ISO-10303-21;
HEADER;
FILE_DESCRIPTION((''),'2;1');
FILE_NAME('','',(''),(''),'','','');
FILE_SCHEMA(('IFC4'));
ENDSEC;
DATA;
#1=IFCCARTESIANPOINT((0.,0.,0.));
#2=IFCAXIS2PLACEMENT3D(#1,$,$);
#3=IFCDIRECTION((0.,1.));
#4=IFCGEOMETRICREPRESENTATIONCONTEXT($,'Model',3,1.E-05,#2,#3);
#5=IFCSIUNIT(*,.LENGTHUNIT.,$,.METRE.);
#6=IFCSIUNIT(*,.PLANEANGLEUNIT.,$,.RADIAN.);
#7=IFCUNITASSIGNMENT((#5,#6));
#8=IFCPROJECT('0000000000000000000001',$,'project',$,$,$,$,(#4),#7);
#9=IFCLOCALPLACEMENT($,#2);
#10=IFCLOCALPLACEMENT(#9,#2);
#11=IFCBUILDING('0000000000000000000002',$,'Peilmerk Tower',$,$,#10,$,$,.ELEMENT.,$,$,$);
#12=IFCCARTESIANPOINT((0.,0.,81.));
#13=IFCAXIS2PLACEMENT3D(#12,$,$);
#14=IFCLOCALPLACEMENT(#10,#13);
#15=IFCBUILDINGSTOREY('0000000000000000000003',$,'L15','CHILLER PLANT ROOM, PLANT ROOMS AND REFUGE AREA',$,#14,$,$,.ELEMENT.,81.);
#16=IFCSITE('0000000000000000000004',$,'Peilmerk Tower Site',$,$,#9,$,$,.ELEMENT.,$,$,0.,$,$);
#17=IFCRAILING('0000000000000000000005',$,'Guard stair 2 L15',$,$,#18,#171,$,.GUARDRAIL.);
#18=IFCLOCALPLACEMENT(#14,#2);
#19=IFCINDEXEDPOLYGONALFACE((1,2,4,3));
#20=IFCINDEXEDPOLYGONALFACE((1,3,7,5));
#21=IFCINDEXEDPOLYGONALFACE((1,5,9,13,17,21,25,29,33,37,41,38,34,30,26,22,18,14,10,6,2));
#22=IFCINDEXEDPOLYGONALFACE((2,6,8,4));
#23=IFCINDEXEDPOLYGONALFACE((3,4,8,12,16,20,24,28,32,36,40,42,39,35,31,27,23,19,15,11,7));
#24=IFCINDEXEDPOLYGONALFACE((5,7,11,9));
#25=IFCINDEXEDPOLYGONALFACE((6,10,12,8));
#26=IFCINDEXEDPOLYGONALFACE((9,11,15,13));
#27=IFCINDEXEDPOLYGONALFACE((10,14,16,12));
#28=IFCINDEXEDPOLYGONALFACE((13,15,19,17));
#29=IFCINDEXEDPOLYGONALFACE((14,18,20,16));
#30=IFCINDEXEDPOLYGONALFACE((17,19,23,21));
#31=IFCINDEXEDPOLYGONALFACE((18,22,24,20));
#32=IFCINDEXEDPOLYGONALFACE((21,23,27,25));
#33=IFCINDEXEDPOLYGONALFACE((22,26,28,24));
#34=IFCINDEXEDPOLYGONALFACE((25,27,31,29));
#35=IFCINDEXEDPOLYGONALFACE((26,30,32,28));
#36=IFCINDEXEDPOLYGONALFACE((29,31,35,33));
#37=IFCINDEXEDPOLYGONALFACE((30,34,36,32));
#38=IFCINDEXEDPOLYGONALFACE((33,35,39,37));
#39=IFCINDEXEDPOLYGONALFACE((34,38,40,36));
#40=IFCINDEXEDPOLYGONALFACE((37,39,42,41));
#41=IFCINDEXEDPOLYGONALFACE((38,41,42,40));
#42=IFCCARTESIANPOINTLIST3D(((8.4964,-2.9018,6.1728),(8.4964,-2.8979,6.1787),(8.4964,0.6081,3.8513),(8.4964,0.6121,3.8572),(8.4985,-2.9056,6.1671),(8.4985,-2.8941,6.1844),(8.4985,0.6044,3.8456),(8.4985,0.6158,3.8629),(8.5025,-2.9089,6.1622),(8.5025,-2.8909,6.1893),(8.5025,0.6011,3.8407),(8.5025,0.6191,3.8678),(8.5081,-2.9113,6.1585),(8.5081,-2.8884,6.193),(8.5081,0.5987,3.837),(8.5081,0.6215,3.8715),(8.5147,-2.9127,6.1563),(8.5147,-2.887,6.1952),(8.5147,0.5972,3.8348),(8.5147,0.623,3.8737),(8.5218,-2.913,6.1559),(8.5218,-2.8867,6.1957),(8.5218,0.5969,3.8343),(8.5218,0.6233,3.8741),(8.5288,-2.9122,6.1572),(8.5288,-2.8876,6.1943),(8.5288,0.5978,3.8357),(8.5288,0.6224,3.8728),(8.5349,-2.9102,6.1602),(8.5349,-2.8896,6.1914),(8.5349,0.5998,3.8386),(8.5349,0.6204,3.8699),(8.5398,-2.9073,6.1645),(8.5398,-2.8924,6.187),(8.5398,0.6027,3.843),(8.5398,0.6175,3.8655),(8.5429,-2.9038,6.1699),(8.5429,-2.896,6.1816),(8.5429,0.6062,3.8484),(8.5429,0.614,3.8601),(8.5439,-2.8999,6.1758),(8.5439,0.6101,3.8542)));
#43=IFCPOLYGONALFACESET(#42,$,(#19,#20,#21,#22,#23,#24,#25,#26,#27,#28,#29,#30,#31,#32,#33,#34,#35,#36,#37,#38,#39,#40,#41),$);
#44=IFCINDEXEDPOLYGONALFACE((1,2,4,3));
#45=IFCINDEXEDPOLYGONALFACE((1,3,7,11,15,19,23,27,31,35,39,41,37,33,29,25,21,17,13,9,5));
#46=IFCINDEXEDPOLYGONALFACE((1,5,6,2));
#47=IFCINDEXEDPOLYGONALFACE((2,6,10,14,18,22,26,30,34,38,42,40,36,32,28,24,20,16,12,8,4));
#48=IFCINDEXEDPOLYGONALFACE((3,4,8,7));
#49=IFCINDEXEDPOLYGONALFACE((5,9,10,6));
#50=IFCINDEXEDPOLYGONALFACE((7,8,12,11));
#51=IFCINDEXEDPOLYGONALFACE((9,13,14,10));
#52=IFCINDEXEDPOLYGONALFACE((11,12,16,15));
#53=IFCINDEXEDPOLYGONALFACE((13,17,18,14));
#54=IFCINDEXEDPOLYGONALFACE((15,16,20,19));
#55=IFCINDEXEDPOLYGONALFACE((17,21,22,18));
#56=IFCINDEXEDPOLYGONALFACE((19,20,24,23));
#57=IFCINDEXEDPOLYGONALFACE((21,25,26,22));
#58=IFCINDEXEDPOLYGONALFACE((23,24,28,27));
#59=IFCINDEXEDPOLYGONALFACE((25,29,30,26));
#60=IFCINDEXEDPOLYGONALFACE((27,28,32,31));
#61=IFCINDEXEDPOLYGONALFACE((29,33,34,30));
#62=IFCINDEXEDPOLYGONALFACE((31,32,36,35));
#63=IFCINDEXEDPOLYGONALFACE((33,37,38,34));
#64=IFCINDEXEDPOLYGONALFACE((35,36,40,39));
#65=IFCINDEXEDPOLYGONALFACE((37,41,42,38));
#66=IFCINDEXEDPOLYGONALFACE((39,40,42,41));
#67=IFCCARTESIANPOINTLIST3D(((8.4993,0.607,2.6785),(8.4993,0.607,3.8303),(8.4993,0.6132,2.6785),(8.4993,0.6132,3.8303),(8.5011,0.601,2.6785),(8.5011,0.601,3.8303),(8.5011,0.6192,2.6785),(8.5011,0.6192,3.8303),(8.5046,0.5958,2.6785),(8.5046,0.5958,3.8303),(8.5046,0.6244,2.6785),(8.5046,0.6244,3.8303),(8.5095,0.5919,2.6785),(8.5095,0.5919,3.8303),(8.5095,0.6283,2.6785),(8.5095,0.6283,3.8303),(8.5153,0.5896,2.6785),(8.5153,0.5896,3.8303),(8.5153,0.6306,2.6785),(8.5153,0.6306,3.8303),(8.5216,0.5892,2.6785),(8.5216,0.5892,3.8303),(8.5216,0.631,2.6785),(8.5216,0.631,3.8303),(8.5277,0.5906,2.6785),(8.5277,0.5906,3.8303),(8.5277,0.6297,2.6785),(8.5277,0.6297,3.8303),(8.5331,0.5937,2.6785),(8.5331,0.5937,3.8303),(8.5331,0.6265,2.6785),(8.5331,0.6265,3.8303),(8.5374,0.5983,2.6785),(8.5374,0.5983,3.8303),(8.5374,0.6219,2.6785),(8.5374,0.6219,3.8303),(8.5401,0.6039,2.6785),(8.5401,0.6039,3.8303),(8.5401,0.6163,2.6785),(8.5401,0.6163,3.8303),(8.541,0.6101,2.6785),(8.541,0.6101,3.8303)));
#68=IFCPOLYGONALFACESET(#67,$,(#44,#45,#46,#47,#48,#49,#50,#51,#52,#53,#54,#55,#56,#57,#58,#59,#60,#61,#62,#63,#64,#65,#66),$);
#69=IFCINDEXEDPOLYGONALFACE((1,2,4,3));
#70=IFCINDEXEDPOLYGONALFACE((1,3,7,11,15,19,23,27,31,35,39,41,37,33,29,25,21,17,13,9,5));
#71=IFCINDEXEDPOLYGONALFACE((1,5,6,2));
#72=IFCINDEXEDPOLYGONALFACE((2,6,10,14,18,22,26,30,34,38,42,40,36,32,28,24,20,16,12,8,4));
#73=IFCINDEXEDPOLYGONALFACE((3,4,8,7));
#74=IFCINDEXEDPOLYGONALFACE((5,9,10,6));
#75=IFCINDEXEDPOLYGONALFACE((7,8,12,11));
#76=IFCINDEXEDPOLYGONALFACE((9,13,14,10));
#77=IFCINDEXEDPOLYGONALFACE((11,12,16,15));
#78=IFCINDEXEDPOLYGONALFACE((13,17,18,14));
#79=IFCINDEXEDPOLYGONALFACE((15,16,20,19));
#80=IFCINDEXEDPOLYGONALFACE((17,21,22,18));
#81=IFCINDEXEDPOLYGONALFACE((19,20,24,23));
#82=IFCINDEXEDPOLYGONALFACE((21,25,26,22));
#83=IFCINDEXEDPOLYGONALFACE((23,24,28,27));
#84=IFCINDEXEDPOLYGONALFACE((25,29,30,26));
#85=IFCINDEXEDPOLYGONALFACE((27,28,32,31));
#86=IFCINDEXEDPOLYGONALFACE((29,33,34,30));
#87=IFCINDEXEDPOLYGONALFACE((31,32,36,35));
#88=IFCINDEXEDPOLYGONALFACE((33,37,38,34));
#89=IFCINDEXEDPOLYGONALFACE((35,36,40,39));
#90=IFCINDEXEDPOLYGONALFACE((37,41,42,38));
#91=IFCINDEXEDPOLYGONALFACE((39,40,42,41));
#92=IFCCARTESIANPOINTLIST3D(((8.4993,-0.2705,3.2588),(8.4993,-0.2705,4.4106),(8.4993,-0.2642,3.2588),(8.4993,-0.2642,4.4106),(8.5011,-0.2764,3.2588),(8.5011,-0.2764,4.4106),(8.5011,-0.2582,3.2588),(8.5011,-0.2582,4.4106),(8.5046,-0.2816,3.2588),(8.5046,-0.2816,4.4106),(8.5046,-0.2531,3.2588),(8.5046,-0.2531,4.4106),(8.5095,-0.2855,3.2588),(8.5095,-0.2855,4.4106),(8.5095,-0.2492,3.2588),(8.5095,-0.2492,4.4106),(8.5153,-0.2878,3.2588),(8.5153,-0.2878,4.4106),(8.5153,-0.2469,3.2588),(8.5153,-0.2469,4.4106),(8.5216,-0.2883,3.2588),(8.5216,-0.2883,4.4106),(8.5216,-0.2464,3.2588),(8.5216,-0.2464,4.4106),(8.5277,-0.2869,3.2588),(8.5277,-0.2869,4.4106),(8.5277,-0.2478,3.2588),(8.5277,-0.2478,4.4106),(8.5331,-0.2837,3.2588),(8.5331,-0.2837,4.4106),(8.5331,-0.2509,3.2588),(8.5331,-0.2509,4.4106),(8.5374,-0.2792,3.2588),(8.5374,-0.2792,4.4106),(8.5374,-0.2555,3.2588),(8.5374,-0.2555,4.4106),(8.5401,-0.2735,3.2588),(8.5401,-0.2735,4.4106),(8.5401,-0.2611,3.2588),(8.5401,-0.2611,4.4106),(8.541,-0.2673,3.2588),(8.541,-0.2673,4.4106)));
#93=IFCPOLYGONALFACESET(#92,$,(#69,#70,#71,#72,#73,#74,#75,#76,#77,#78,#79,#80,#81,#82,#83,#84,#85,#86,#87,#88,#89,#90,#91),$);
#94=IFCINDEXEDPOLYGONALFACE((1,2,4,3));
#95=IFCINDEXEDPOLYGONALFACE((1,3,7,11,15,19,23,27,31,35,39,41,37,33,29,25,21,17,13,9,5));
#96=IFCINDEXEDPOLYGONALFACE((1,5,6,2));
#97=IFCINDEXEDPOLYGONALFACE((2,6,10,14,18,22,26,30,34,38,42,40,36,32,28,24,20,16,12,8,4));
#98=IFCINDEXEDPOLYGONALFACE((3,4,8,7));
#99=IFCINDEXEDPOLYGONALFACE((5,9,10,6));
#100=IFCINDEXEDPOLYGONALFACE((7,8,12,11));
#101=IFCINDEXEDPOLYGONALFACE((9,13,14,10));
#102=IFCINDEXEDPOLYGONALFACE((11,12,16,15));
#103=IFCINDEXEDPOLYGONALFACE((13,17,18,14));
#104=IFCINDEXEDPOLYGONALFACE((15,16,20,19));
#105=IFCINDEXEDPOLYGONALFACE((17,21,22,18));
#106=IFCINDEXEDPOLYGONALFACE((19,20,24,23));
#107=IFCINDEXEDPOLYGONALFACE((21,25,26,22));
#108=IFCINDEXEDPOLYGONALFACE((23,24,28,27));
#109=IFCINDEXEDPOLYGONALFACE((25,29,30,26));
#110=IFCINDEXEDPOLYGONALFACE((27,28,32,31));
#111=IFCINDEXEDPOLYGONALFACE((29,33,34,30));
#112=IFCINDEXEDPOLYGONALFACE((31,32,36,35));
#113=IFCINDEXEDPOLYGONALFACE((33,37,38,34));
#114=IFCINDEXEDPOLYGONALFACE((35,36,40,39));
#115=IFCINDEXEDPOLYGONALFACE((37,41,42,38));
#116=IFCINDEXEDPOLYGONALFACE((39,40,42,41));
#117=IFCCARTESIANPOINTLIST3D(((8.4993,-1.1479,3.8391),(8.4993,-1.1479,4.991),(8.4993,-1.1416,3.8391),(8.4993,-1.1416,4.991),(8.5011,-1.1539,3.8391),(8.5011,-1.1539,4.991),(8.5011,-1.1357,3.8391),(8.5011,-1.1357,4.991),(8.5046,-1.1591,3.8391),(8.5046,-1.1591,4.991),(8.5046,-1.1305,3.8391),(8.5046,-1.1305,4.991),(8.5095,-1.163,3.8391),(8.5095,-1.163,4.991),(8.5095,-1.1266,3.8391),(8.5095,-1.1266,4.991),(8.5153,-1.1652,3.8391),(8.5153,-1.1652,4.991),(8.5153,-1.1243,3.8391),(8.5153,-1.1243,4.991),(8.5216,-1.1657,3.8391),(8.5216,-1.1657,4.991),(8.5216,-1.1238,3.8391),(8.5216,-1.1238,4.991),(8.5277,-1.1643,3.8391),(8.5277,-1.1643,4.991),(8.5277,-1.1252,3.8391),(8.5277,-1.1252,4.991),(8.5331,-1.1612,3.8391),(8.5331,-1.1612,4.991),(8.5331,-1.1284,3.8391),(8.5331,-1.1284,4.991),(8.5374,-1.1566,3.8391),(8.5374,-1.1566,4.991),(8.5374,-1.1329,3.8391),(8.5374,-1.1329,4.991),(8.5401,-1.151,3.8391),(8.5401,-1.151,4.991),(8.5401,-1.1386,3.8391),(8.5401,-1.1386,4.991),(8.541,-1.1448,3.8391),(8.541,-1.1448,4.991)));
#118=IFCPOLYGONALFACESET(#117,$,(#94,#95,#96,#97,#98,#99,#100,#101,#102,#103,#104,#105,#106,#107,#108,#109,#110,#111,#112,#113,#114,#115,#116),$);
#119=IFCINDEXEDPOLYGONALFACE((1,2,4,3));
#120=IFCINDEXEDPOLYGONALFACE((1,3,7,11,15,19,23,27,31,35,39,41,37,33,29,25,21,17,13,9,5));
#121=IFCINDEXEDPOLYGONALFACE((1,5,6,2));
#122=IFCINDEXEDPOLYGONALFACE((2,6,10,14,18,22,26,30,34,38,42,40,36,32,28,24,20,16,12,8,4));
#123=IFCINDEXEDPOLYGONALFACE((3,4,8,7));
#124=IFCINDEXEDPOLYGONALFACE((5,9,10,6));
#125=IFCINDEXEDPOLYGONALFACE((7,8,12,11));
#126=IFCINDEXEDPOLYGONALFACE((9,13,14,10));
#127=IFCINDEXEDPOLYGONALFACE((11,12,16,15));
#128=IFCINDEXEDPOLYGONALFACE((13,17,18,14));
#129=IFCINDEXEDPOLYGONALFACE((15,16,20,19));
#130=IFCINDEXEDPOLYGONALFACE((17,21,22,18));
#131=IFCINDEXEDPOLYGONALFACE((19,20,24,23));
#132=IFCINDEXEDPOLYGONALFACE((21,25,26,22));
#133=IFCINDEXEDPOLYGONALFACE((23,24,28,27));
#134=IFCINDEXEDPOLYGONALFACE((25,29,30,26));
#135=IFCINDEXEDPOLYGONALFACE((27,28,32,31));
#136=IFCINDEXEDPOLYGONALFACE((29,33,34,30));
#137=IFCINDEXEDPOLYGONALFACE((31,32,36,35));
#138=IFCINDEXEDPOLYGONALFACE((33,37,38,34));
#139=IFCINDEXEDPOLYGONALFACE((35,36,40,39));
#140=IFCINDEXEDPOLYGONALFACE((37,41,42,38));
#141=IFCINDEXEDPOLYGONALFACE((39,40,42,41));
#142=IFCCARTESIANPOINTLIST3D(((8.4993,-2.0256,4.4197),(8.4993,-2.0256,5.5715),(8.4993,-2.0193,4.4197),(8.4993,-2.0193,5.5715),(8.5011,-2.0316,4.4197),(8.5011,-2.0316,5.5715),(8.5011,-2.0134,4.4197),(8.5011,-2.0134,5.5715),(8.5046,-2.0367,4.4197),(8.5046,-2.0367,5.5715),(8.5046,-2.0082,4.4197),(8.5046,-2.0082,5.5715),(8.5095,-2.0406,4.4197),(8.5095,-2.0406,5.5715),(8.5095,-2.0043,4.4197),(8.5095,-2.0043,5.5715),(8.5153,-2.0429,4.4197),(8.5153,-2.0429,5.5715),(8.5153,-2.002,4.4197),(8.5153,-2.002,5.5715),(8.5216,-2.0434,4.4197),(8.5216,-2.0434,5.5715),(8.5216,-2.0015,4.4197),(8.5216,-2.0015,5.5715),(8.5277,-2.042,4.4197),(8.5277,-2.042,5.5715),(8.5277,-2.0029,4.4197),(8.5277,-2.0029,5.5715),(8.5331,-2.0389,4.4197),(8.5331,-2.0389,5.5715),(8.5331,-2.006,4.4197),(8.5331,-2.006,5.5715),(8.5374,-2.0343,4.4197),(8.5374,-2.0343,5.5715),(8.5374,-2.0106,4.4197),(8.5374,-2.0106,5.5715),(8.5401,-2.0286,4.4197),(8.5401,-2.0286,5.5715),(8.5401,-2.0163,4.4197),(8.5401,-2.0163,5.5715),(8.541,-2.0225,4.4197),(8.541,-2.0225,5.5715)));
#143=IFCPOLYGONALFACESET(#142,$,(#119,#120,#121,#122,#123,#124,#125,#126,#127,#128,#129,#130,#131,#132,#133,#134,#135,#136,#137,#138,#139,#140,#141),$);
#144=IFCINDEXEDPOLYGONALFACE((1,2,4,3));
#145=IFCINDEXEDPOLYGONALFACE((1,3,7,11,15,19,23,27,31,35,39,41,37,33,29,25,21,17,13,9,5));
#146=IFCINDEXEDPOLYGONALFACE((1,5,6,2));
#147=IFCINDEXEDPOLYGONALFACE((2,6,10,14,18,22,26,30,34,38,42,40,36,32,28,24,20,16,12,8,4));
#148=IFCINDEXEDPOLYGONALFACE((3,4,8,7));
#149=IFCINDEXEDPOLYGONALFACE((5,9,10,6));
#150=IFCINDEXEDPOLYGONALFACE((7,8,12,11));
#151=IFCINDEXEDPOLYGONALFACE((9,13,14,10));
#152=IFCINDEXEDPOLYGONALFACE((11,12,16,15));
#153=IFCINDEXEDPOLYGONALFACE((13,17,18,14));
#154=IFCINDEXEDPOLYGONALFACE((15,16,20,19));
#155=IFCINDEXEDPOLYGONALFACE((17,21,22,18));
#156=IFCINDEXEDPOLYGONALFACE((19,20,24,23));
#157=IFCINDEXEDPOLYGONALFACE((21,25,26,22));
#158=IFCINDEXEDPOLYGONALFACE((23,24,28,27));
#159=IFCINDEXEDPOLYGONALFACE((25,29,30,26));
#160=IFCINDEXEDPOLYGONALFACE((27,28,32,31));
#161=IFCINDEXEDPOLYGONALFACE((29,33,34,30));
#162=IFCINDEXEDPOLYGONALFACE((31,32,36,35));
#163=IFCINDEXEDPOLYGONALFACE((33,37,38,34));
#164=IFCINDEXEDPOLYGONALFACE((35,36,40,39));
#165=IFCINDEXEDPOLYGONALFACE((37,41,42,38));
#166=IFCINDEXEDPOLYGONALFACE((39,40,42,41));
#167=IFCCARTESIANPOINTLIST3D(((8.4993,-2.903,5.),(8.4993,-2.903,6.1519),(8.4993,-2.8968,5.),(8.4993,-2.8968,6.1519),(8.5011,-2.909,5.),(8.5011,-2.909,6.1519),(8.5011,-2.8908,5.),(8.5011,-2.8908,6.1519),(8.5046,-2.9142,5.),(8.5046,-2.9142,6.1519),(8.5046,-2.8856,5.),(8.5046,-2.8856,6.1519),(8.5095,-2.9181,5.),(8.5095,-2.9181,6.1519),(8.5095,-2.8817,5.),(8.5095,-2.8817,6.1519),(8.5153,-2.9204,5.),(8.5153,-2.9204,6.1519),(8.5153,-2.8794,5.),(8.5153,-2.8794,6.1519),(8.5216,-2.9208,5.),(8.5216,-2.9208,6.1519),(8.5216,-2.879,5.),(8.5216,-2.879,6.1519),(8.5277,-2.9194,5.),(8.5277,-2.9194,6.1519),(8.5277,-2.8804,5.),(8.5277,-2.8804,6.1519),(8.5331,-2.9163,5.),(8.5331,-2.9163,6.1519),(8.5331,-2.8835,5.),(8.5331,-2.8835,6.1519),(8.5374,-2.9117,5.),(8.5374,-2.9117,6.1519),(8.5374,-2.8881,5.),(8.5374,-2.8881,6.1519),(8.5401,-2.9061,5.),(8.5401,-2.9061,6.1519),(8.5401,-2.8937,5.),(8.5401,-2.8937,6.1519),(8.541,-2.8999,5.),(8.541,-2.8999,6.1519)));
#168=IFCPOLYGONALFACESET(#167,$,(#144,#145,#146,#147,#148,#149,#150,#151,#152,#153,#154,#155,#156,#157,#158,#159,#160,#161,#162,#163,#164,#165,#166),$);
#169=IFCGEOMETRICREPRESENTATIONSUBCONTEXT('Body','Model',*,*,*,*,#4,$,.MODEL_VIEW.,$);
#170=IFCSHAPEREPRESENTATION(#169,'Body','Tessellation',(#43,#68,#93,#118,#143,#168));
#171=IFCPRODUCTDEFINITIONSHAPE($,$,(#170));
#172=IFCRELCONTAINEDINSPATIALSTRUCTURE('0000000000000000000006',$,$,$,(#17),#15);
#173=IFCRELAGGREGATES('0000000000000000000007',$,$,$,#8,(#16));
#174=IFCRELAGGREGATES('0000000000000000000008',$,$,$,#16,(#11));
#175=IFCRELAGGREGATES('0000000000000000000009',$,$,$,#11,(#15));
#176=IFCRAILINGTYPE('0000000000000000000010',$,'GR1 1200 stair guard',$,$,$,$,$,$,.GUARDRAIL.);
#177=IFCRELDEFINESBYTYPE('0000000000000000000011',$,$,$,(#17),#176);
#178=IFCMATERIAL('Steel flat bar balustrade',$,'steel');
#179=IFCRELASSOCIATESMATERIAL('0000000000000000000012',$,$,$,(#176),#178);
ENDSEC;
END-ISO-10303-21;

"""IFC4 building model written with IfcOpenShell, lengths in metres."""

from ifc_helpers import new_model, si_unit, direction, frame, origin, origin_2d, place, context, subcontext, project, spatial, circle, extrude, material, type_object, element, save


model = new_model("IFC4")

# Units and contexts
model_context = context("Model", 3, precision=1e-05, world=origin(), true_north=direction((0.0, 1.0)))
body_context = subcontext(model_context, "Body", "Model", "MODEL_VIEW")
ifc_project = project(units=[si_unit("LENGTHUNIT", "METRE"), si_unit("PLANEANGLEUNIT", "RADIAN")], contexts=[model_context])

# Site, building, storey
site_placement = place(None, origin())
site = spatial("IfcSite", under=ifc_project, at=site_placement, Name="Peilmerk Tower Site", CompositionType="ELEMENT", RefElevation=0.0)
building_placement = place(site_placement, origin())
building = spatial("IfcBuilding", under=site, at=building_placement, Name="Peilmerk Tower", CompositionType="ELEMENT")
storey_placement = place(building_placement, frame((0.0, 0.0, 81.0)))
storey = spatial("IfcBuildingStorey", under=building, at=storey_placement, Name="L15", Description="CHILLER PLANT ROOM, PLANT ROOMS AND REFUGE AREA", CompositionType="ELEMENT", Elevation=81.0)

# Railing
ifc_material_1 = material(Name="Steel flat bar balustrade", Category="steel")
railing_type_1 = type_object("IfcRailingType", Name="GR1 1200 stair guard", PredefinedType="GUARDRAIL", material=ifc_material_1)
railing_1_placement = place(storey_placement, frame((8.52, 0.6101, 2.6785)))
element("IfcRailing", 1, at=railing_1_placement, inside=storey, type_object=railing_type_1, Name="Guard stair 2 L15", PredefinedType="GUARDRAIL", context=body_context, shape_type="SweptSolid", body=[
    extrude(circle(Radius=0.0239, at=origin_2d()), frame((0.0, 0.0, 1.1758), z_axis=(0.0, -0.834071, 0.551657), x_axis=(1.0, 0.0, 0.0)), (0.0, 0.0, 1.0), 4.2083),
    extrude(circle(Radius=0.021, at=origin_2d()), origin(), (0.0, 0.0, 1.0), 1.1519),
    extrude(circle(Radius=0.021, at=origin_2d()), frame((0.0, -0.8774, 0.5803)), (0.0, 0.0, 1.0), 1.1519),
    extrude(circle(Radius=0.021, at=origin_2d()), frame((0.0, -1.7549, 1.1606)), (0.0, 0.0, 1.0), 1.1519),
    extrude(circle(Radius=0.021, at=origin_2d()), frame((0.0, -2.6326, 1.7412)), (0.0, 0.0, 1.0), 1.1519),
    extrude(circle(Radius=0.021, at=origin_2d()), frame((0.0, -3.51, 2.3215)), (0.0, 0.0, 1.0), 1.1519),
])

save(model, "model.ifc")
